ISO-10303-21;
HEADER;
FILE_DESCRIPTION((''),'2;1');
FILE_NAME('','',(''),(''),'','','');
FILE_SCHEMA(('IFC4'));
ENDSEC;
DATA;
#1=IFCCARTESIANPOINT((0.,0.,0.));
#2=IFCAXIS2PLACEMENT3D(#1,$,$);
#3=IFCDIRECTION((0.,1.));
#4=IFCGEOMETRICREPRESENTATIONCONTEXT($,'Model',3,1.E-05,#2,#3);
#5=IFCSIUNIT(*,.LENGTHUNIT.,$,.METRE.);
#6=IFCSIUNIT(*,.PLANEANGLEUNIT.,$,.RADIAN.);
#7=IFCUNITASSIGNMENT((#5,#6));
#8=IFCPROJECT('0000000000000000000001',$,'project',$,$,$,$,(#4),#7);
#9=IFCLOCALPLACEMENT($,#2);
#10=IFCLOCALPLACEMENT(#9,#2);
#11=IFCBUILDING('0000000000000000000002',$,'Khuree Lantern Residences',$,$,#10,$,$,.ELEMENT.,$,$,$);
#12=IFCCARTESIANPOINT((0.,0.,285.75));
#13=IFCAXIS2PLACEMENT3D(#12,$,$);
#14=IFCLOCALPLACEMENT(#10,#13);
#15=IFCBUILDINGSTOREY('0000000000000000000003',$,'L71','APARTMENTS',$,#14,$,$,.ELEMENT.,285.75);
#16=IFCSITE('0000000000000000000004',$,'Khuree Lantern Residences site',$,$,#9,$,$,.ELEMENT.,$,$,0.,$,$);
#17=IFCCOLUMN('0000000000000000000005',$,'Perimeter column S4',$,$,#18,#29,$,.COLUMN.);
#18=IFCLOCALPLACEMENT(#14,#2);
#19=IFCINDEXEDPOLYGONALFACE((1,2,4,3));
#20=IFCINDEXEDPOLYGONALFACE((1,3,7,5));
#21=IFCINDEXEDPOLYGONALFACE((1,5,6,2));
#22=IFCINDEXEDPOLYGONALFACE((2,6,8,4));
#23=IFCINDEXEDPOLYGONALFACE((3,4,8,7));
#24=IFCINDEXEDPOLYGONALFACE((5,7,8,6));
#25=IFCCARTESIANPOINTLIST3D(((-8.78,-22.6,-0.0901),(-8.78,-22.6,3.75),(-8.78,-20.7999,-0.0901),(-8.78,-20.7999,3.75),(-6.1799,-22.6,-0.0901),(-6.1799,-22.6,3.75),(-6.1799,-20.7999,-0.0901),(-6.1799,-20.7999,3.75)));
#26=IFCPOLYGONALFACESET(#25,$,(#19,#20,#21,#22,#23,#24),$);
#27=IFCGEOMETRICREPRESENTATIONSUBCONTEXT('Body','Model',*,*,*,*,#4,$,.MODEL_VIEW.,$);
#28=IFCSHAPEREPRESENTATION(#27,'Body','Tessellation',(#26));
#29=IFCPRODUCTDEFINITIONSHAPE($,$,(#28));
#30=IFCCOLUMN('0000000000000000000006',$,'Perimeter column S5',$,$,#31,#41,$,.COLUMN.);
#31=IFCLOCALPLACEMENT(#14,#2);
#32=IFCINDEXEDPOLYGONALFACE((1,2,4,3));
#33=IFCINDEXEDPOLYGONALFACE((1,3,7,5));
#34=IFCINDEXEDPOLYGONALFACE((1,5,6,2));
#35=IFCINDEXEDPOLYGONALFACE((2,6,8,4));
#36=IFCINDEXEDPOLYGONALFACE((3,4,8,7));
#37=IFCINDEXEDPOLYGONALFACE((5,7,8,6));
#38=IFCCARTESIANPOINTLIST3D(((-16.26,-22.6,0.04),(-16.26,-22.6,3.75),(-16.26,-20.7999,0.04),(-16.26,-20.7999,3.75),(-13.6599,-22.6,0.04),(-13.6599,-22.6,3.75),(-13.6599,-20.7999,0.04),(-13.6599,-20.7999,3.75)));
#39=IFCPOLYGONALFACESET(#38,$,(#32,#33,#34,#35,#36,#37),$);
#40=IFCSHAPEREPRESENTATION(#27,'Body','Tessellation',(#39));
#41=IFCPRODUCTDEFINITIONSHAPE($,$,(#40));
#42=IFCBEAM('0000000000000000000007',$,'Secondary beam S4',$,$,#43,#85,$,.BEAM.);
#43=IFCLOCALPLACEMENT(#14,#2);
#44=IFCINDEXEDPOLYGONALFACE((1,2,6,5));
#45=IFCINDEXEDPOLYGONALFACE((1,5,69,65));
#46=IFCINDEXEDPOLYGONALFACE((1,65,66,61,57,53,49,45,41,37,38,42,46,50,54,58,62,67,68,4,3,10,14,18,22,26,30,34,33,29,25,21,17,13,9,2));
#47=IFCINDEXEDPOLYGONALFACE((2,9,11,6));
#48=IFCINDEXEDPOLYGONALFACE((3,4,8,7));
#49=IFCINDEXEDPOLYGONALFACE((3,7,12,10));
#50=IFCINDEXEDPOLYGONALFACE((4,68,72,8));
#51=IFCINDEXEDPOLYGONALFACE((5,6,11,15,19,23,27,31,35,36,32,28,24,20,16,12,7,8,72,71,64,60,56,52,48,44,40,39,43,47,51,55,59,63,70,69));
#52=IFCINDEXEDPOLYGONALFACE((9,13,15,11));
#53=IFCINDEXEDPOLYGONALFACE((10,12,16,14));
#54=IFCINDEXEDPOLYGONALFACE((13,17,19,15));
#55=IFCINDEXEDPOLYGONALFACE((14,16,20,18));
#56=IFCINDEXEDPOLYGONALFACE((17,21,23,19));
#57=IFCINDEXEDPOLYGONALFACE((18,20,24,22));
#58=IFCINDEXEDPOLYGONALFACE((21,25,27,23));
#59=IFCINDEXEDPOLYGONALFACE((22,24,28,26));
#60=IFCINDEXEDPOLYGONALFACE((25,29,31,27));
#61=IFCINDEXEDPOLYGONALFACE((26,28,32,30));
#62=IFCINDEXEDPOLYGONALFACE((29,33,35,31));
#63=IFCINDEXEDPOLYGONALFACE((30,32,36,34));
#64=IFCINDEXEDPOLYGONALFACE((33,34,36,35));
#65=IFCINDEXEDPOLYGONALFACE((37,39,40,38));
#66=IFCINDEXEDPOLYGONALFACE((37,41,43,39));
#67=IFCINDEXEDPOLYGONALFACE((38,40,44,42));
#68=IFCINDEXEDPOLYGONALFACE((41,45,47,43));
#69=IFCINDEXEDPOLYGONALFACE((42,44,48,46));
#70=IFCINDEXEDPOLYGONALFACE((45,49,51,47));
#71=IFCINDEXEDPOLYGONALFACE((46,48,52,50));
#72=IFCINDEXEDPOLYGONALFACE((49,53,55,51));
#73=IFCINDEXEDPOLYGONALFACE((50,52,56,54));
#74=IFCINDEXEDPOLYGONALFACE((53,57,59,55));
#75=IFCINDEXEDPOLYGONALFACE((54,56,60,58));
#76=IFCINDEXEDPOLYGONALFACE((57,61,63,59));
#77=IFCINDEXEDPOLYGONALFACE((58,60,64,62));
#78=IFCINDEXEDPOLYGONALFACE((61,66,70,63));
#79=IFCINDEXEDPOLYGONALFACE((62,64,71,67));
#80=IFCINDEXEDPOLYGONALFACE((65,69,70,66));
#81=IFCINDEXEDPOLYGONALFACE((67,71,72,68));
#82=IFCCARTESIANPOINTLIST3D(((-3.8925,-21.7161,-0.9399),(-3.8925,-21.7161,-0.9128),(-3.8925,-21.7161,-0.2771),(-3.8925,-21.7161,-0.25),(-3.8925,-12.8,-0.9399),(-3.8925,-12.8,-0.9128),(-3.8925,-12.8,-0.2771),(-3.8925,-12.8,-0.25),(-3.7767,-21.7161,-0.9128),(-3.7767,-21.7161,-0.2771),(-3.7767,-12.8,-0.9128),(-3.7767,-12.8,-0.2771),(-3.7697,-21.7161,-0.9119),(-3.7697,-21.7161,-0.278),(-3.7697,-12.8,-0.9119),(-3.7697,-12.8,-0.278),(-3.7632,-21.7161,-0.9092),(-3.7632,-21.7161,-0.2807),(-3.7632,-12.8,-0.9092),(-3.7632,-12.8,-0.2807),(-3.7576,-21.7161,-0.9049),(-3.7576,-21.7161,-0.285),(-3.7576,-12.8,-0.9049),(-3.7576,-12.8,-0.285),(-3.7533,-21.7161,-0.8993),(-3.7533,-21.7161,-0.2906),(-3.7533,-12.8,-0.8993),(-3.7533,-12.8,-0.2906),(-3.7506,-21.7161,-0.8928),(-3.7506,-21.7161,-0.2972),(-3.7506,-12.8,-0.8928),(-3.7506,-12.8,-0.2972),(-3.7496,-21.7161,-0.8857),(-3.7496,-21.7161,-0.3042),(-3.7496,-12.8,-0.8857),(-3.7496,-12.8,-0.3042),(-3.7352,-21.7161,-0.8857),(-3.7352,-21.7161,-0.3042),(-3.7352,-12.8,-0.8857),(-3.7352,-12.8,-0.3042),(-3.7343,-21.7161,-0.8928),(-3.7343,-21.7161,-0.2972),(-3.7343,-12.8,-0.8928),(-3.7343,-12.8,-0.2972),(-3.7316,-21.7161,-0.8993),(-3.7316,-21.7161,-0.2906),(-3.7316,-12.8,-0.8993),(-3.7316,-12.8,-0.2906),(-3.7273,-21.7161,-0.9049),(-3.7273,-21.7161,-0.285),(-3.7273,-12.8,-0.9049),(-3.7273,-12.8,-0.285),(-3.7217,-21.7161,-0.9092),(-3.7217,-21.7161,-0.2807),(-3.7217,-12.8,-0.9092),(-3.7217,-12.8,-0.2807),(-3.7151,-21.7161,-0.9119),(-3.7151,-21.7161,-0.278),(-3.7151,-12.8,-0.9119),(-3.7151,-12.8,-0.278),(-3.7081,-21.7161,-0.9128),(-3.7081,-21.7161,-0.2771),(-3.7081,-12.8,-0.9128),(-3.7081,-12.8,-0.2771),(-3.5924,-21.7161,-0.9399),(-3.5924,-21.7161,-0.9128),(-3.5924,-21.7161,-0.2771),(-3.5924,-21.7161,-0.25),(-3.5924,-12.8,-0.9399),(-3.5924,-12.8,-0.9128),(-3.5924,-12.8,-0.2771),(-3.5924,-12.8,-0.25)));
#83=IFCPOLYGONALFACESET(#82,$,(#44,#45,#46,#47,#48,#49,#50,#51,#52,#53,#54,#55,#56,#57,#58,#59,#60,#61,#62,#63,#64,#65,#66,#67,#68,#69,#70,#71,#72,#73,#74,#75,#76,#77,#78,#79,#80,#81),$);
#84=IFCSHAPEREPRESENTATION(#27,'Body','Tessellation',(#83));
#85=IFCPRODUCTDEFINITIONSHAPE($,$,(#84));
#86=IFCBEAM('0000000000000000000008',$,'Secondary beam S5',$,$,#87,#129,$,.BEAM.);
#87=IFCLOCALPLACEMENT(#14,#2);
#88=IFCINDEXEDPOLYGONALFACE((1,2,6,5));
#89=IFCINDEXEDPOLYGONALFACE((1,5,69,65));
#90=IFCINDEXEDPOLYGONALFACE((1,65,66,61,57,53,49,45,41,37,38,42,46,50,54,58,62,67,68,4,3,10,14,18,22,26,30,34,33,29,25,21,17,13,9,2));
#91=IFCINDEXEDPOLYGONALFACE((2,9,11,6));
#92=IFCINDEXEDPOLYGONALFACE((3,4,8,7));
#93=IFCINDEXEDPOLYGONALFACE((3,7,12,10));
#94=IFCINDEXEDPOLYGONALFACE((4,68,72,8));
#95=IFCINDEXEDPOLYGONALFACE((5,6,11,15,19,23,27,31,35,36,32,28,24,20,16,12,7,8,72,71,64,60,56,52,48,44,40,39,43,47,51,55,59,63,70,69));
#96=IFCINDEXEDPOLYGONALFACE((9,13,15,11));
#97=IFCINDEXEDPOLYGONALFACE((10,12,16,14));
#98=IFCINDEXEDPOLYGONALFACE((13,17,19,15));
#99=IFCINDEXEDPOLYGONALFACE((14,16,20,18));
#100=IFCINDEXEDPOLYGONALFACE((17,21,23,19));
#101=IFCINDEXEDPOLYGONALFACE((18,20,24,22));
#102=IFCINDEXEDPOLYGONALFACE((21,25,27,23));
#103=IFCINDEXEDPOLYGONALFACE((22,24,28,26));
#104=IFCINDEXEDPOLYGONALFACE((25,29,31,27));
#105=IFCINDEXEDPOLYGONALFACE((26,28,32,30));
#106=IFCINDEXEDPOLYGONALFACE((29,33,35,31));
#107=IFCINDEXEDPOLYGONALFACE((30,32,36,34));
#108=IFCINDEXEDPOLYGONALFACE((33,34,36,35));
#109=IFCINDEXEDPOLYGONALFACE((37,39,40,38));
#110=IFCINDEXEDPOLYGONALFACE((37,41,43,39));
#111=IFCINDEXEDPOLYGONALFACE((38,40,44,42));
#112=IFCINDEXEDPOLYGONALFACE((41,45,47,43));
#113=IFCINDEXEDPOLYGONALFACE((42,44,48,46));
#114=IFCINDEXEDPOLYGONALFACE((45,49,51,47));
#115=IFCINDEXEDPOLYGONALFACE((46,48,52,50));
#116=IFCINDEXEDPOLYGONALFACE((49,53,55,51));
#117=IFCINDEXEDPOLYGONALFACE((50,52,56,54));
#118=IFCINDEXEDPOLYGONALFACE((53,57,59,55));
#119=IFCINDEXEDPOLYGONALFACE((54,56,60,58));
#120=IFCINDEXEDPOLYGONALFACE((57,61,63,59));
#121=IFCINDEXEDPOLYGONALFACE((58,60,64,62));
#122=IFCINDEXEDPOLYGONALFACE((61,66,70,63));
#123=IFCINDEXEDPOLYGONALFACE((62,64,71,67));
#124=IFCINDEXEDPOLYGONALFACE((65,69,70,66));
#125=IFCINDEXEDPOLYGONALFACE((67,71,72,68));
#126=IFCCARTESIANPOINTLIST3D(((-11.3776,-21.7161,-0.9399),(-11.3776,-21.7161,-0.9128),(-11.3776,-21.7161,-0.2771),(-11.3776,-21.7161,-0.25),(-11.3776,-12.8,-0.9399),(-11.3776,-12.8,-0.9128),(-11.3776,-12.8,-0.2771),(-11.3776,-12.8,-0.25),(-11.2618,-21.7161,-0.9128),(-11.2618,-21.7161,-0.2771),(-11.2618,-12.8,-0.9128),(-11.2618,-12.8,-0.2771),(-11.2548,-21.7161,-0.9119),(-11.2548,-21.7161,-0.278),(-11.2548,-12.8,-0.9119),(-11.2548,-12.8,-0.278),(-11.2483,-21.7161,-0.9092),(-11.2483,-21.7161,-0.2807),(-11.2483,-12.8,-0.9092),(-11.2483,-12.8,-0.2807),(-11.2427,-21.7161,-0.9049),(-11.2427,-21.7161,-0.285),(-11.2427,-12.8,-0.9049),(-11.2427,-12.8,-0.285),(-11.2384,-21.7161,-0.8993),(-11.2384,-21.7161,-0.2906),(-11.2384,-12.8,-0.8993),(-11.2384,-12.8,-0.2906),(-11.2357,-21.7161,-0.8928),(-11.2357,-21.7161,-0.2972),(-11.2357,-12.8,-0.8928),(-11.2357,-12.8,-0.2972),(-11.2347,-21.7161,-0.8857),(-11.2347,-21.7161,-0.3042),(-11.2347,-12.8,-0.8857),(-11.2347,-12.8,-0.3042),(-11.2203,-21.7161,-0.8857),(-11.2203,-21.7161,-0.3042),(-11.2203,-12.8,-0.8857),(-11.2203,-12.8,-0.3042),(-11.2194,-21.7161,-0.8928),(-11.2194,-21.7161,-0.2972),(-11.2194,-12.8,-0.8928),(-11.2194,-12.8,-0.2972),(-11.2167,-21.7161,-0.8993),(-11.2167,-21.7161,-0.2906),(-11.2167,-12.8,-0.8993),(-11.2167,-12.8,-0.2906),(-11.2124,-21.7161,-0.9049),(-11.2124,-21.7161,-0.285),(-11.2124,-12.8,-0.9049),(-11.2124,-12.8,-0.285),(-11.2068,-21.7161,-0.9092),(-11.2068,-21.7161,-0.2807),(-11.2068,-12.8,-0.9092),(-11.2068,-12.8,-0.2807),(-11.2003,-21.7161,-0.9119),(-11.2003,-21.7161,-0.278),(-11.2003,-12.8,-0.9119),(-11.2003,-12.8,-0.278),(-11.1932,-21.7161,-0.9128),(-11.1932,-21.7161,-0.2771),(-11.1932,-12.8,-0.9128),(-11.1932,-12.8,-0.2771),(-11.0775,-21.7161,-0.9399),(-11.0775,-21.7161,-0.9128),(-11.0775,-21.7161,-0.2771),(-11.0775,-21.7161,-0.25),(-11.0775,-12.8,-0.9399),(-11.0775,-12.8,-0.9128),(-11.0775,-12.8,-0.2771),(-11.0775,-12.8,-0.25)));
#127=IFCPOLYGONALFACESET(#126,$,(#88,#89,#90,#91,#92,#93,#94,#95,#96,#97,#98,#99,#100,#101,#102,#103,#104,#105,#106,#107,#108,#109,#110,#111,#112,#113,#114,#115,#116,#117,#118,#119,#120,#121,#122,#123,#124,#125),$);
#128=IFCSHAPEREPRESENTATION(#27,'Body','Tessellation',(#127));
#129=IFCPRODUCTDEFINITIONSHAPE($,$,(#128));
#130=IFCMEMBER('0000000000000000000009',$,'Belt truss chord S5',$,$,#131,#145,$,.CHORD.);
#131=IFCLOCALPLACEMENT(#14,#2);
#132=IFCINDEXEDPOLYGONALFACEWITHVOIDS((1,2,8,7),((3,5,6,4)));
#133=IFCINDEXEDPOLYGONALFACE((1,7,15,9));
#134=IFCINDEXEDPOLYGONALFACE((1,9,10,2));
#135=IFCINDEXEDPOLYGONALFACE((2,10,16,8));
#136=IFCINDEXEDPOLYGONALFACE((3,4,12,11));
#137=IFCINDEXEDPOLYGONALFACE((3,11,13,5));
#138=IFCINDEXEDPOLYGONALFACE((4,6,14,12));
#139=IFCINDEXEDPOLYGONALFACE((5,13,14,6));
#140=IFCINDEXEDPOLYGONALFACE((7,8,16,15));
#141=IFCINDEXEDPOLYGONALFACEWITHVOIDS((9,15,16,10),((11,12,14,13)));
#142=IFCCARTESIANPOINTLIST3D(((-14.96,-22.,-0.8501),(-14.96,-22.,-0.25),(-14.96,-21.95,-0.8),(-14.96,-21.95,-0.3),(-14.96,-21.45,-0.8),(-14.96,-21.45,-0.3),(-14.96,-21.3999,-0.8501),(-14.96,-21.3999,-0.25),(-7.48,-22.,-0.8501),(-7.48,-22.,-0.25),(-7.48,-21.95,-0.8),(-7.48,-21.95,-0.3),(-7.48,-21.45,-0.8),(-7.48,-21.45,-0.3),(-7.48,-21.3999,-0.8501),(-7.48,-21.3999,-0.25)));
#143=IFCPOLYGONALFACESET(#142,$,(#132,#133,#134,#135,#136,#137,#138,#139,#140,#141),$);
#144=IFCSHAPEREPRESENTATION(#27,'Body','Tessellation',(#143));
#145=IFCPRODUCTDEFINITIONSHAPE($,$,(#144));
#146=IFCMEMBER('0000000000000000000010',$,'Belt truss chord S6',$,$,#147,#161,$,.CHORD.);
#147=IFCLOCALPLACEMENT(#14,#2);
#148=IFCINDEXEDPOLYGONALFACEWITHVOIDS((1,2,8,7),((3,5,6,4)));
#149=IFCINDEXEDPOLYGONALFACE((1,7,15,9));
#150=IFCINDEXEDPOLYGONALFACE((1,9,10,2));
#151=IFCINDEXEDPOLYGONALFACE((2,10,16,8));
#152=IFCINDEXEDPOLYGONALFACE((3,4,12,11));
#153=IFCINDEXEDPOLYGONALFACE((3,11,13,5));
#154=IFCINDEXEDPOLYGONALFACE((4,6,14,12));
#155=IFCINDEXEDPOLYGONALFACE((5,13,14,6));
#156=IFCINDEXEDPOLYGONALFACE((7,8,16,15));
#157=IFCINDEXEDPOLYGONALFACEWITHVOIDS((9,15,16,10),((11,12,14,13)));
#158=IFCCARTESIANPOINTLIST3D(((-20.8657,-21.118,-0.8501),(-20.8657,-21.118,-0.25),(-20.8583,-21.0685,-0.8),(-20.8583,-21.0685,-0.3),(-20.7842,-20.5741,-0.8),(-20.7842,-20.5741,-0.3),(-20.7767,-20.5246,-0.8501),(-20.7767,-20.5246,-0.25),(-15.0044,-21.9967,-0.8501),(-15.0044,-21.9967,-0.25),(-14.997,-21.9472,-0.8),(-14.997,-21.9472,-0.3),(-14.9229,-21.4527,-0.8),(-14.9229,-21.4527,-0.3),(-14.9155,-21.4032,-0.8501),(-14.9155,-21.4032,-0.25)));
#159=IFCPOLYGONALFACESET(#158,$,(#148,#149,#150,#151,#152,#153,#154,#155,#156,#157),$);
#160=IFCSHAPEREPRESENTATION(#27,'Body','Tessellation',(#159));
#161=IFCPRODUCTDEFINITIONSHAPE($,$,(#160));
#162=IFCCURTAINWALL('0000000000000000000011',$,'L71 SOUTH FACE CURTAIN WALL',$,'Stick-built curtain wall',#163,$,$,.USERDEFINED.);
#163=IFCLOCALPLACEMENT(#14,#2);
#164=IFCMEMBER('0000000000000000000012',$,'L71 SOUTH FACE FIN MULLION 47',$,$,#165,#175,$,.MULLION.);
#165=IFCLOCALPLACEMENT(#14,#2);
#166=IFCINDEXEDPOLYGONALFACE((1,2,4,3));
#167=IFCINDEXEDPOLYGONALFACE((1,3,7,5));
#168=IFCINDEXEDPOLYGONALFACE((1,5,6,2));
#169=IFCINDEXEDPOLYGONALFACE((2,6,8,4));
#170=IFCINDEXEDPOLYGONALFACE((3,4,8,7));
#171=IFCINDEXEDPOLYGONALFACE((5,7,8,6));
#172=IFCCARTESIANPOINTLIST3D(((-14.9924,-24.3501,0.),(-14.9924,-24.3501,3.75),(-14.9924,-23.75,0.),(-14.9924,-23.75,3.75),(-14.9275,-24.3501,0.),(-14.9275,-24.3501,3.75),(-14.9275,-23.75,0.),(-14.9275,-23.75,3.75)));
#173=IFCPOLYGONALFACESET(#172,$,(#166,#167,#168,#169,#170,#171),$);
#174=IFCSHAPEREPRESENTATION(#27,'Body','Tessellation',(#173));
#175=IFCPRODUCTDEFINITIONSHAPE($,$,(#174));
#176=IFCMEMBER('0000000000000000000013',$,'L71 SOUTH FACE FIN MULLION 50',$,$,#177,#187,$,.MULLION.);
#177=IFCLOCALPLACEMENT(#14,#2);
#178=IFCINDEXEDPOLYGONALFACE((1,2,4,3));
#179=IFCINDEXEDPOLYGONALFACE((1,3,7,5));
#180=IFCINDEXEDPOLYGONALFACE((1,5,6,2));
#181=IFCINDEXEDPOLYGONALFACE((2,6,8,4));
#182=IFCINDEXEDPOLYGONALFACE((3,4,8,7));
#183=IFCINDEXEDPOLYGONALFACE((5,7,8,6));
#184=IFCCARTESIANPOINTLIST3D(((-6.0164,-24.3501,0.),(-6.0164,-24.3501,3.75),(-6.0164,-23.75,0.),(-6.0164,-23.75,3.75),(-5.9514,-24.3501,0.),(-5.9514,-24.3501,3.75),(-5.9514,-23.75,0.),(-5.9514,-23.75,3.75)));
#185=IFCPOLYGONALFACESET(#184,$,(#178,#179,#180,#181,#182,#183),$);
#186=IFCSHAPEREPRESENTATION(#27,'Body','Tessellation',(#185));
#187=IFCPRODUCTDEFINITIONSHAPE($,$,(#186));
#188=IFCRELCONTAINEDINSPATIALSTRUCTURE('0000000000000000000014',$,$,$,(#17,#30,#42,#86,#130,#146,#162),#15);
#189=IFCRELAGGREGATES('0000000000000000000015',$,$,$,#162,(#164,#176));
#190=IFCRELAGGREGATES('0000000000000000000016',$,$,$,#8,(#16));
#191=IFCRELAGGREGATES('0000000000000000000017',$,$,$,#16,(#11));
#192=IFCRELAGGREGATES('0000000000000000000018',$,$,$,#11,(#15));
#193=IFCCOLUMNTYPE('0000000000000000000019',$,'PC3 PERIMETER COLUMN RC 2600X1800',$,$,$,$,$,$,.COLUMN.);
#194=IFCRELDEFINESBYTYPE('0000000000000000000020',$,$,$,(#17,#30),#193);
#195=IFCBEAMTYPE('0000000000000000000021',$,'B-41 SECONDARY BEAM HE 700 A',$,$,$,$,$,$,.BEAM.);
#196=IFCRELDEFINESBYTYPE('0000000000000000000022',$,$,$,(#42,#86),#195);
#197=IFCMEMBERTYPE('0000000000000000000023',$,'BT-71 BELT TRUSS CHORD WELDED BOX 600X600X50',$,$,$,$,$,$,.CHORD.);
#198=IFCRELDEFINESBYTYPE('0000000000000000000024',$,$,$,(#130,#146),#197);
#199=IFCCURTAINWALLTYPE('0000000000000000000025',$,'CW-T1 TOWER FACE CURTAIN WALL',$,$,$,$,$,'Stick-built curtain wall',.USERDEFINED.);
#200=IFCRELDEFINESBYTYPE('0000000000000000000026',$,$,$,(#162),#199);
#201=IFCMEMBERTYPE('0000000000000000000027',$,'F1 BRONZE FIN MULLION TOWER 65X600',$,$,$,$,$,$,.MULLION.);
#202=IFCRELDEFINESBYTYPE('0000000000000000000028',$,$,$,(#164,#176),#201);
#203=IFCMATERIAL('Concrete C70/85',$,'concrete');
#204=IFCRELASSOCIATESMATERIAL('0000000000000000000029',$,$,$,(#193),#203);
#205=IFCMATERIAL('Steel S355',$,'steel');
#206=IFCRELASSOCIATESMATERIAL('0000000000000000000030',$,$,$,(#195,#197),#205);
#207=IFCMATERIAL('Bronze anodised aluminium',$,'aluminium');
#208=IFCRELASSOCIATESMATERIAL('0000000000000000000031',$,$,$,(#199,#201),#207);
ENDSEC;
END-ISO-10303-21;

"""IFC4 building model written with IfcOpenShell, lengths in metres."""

from ifc_helpers import new_model, si_unit, direction, frame, origin, origin_2d, place, context, subcontext, project, spatial, rectangle, hollow_rectangle, i_section, extrude, material, material_profile, profile_set, type_object, element, aggregate, save


model = new_model("IFC4")

# Units and contexts
model_context = context("Model", 3, precision=1e-05, world=origin(), true_north=direction((0.0, 1.0)))
body_context = subcontext(model_context, "Body", "Model", "MODEL_VIEW")
ifc_project = project(units=[si_unit("LENGTHUNIT", "METRE"), si_unit("PLANEANGLEUNIT", "RADIAN")], contexts=[model_context])

# Site, building, storey
site_placement = place(None, origin())
site = spatial("IfcSite", under=ifc_project, at=site_placement, Name="Khuree Lantern Residences site", CompositionType="ELEMENT", RefElevation=0.0)
building_placement = place(site_placement, origin())
building = spatial("IfcBuilding", under=site, at=building_placement, Name="Khuree Lantern Residences", CompositionType="ELEMENT")
storey_placement = place(building_placement, frame((0.0, 0.0, 285.75)))
storey = spatial("IfcBuildingStorey", under=building, at=storey_placement, Name="L71", Description="APARTMENTS", CompositionType="ELEMENT", Elevation=285.75)

# Columns
ifc_material_1 = material(Name="Concrete C70/85", Category="concrete")
ifc_material_profile_1 = material_profile(ifc_material_1, rectangle(XDim=2.6001, YDim=1.8, at=origin_2d()), Name="RC 2600X1800")
ifc_profile_set_1 = profile_set([ifc_material_profile_1], Name="Concrete C70/85")
column_type = type_object("IfcColumnType", Name="PC3 PERIMETER COLUMN RC 2600X1800", PredefinedType="COLUMN", material=ifc_profile_set_1)
column_1_placement = place(storey_placement, frame((-7.48, -21.7, -0.0901), z_axis=(0.0, 0.0, 1.0), x_axis=(1.0, 0.0, 0.0)))
element("IfcColumn", 1, at=column_1_placement, inside=storey, type_object=column_type, Name="Perimeter column S4", PredefinedType="COLUMN", context=body_context, shape_type="SweptSolid", body=[
    extrude(rectangle(XDim=2.6001, YDim=1.8, at=origin_2d()), origin(), (0.0, 0.0, 1.0), 3.8401),
])
column_2_placement = place(storey_placement, frame((-14.96, -21.7, 0.04), z_axis=(0.0, 0.0, 1.0), x_axis=(1.0, 0.0, 0.0)))
element("IfcColumn", 2, at=column_2_placement, inside=storey, type_object=column_type, Name="Perimeter column S5", PredefinedType="COLUMN", context=body_context, shape_type="SweptSolid", body=[
    extrude(rectangle(XDim=2.6001, YDim=1.8, at=origin_2d()), origin(), (0.0, 0.0, 1.0), 3.71),
])

# Beams
ifc_material_2 = material(Name="Steel S355", Category="steel")
ifc_material_profile_2 = material_profile(ifc_material_2, i_section(OverallWidth=0.3, OverallDepth=0.6899, WebThickness=0.0144, FlangeThickness=0.0271, FilletRadius=0.0271, at=origin_2d()), Name="HE 700 A")
ifc_profile_set_2 = profile_set([ifc_material_profile_2], Name="Steel S355")
beam_type_1 = type_object("IfcBeamType", Name="B-41 SECONDARY BEAM HE 700 A", PredefinedType="BEAM", material=ifc_profile_set_2)
for number, where, z_axis, x_axis, name in (
    (3, (-3.7424, -21.7161, -0.595), (0.0, 1.0, 0.0), (-1.0, 0.0, 0.0), "Secondary beam S4"),
    (4, (-11.2275, -21.7161, -0.595), (0.0, 1.0, 0.0), (-1.0, 0.0, 0.0), "Secondary beam S5"),
):
    element("IfcBeam", number, at=place(storey_placement, frame(where, z_axis=z_axis, x_axis=x_axis)), inside=storey, type_object=beam_type_1, Name=name, PredefinedType="BEAM", context=body_context, shape_type="SweptSolid", body=[
        extrude(i_section(OverallWidth=0.3, OverallDepth=0.6899, WebThickness=0.0144, FlangeThickness=0.0271, FilletRadius=0.0271, at=origin_2d()), origin(), (0.0, 0.0, 1.0), 8.916),
    ])

# Members
ifc_material_profile_3 = material_profile(ifc_material_2, hollow_rectangle(XDim=0.6001, YDim=0.6001, WallThickness=0.05, at=origin_2d()), Name="WELDED BOX 600X600X50")
ifc_profile_set_3 = profile_set([ifc_material_profile_3], Name="Steel S355")
member_type_1 = type_object("IfcMemberType", Name="BT-71 BELT TRUSS CHORD WELDED BOX 600X600X50", PredefinedType="CHORD", material=ifc_profile_set_3)
member_1_placement = place(storey_placement, frame((-7.48, -21.7, -0.55), z_axis=(-1.0, 0.0, 0.0), x_axis=(0.0, -1.0, 0.0)))
element("IfcMember", 5, at=member_1_placement, inside=storey, type_object=member_type_1, Name="Belt truss chord S5", PredefinedType="CHORD", context=body_context, shape_type="SweptSolid", body=[
    extrude(hollow_rectangle(XDim=0.6001, YDim=0.6001, WallThickness=0.05, at=origin_2d()), origin(), (0.0, 0.0, 1.0), 7.48),
])
member_2_placement = place(storey_placement, frame((-14.96, -21.7, -0.55), z_axis=(-0.98895, 0.148252, 0.0), x_axis=(-0.148252, -0.98895, 0.0)))
element("IfcMember", 6, at=member_2_placement, inside=storey, type_object=member_type_1, Name="Belt truss chord S6", PredefinedType="CHORD", context=body_context, shape_type="SweptSolid", body=[
    extrude(hollow_rectangle(XDim=0.6001, YDim=0.6001, WallThickness=0.05, at=origin_2d()), origin(), (0.0, 0.0, 1.0), 5.9268),
])

# Curtain wall, members
ifc_material_3 = material(Name="Bronze anodised aluminium", Category="aluminium")
curtain_wall_type = type_object("IfcCurtainWallType", Name="CW-T1 TOWER FACE CURTAIN WALL", ElementType="Stick-built curtain wall", PredefinedType="USERDEFINED", material=ifc_material_3)
curtain_wall_placement = place(storey_placement, origin())
curtain_wall = element("IfcCurtainWall", 7, at=curtain_wall_placement, inside=storey, type_object=curtain_wall_type, Name="L71 SOUTH FACE CURTAIN WALL", ObjectType="Stick-built curtain wall", PredefinedType="USERDEFINED")
ifc_material_profile_4 = material_profile(ifc_material_3, rectangle(XDim=0.0649, YDim=0.6001, at=origin_2d()), Name="F1 65X600")
ifc_profile_set_4 = profile_set([ifc_material_profile_4], Name="Bronze anodised aluminium")
member_type_2 = type_object("IfcMemberType", Name="F1 BRONZE FIN MULLION TOWER 65X600", PredefinedType="MULLION", material=ifc_profile_set_4)
member_3_placement = place(storey_placement, frame((-14.96, -24.05, 0.0), z_axis=(0.0, 0.0, 1.0), x_axis=(1.0, 0.0, 0.0)))
member_3 = element("IfcMember", 8, at=member_3_placement, type_object=member_type_2, Name="L71 SOUTH FACE FIN MULLION 47", PredefinedType="MULLION", context=body_context, shape_type="SweptSolid", body=[
    extrude(rectangle(XDim=0.0649, YDim=0.6001, at=origin_2d()), origin(), (0.0, 0.0, 1.0), 3.75),
])
member_4_placement = place(storey_placement, frame((-5.9839, -24.05, 0.0), z_axis=(0.0, 0.0, 1.0), x_axis=(1.0, 0.0, 0.0)))
member_4 = element("IfcMember", 9, at=member_4_placement, type_object=member_type_2, Name="L71 SOUTH FACE FIN MULLION 50", PredefinedType="MULLION", context=body_context, shape_type="SweptSolid", body=[
    extrude(rectangle(XDim=0.0649, YDim=0.6001, at=origin_2d()), origin(), (0.0, 0.0, 1.0), 3.75),
])

aggregate(curtain_wall, [member_3, member_4])

save(model, "model.ifc")
